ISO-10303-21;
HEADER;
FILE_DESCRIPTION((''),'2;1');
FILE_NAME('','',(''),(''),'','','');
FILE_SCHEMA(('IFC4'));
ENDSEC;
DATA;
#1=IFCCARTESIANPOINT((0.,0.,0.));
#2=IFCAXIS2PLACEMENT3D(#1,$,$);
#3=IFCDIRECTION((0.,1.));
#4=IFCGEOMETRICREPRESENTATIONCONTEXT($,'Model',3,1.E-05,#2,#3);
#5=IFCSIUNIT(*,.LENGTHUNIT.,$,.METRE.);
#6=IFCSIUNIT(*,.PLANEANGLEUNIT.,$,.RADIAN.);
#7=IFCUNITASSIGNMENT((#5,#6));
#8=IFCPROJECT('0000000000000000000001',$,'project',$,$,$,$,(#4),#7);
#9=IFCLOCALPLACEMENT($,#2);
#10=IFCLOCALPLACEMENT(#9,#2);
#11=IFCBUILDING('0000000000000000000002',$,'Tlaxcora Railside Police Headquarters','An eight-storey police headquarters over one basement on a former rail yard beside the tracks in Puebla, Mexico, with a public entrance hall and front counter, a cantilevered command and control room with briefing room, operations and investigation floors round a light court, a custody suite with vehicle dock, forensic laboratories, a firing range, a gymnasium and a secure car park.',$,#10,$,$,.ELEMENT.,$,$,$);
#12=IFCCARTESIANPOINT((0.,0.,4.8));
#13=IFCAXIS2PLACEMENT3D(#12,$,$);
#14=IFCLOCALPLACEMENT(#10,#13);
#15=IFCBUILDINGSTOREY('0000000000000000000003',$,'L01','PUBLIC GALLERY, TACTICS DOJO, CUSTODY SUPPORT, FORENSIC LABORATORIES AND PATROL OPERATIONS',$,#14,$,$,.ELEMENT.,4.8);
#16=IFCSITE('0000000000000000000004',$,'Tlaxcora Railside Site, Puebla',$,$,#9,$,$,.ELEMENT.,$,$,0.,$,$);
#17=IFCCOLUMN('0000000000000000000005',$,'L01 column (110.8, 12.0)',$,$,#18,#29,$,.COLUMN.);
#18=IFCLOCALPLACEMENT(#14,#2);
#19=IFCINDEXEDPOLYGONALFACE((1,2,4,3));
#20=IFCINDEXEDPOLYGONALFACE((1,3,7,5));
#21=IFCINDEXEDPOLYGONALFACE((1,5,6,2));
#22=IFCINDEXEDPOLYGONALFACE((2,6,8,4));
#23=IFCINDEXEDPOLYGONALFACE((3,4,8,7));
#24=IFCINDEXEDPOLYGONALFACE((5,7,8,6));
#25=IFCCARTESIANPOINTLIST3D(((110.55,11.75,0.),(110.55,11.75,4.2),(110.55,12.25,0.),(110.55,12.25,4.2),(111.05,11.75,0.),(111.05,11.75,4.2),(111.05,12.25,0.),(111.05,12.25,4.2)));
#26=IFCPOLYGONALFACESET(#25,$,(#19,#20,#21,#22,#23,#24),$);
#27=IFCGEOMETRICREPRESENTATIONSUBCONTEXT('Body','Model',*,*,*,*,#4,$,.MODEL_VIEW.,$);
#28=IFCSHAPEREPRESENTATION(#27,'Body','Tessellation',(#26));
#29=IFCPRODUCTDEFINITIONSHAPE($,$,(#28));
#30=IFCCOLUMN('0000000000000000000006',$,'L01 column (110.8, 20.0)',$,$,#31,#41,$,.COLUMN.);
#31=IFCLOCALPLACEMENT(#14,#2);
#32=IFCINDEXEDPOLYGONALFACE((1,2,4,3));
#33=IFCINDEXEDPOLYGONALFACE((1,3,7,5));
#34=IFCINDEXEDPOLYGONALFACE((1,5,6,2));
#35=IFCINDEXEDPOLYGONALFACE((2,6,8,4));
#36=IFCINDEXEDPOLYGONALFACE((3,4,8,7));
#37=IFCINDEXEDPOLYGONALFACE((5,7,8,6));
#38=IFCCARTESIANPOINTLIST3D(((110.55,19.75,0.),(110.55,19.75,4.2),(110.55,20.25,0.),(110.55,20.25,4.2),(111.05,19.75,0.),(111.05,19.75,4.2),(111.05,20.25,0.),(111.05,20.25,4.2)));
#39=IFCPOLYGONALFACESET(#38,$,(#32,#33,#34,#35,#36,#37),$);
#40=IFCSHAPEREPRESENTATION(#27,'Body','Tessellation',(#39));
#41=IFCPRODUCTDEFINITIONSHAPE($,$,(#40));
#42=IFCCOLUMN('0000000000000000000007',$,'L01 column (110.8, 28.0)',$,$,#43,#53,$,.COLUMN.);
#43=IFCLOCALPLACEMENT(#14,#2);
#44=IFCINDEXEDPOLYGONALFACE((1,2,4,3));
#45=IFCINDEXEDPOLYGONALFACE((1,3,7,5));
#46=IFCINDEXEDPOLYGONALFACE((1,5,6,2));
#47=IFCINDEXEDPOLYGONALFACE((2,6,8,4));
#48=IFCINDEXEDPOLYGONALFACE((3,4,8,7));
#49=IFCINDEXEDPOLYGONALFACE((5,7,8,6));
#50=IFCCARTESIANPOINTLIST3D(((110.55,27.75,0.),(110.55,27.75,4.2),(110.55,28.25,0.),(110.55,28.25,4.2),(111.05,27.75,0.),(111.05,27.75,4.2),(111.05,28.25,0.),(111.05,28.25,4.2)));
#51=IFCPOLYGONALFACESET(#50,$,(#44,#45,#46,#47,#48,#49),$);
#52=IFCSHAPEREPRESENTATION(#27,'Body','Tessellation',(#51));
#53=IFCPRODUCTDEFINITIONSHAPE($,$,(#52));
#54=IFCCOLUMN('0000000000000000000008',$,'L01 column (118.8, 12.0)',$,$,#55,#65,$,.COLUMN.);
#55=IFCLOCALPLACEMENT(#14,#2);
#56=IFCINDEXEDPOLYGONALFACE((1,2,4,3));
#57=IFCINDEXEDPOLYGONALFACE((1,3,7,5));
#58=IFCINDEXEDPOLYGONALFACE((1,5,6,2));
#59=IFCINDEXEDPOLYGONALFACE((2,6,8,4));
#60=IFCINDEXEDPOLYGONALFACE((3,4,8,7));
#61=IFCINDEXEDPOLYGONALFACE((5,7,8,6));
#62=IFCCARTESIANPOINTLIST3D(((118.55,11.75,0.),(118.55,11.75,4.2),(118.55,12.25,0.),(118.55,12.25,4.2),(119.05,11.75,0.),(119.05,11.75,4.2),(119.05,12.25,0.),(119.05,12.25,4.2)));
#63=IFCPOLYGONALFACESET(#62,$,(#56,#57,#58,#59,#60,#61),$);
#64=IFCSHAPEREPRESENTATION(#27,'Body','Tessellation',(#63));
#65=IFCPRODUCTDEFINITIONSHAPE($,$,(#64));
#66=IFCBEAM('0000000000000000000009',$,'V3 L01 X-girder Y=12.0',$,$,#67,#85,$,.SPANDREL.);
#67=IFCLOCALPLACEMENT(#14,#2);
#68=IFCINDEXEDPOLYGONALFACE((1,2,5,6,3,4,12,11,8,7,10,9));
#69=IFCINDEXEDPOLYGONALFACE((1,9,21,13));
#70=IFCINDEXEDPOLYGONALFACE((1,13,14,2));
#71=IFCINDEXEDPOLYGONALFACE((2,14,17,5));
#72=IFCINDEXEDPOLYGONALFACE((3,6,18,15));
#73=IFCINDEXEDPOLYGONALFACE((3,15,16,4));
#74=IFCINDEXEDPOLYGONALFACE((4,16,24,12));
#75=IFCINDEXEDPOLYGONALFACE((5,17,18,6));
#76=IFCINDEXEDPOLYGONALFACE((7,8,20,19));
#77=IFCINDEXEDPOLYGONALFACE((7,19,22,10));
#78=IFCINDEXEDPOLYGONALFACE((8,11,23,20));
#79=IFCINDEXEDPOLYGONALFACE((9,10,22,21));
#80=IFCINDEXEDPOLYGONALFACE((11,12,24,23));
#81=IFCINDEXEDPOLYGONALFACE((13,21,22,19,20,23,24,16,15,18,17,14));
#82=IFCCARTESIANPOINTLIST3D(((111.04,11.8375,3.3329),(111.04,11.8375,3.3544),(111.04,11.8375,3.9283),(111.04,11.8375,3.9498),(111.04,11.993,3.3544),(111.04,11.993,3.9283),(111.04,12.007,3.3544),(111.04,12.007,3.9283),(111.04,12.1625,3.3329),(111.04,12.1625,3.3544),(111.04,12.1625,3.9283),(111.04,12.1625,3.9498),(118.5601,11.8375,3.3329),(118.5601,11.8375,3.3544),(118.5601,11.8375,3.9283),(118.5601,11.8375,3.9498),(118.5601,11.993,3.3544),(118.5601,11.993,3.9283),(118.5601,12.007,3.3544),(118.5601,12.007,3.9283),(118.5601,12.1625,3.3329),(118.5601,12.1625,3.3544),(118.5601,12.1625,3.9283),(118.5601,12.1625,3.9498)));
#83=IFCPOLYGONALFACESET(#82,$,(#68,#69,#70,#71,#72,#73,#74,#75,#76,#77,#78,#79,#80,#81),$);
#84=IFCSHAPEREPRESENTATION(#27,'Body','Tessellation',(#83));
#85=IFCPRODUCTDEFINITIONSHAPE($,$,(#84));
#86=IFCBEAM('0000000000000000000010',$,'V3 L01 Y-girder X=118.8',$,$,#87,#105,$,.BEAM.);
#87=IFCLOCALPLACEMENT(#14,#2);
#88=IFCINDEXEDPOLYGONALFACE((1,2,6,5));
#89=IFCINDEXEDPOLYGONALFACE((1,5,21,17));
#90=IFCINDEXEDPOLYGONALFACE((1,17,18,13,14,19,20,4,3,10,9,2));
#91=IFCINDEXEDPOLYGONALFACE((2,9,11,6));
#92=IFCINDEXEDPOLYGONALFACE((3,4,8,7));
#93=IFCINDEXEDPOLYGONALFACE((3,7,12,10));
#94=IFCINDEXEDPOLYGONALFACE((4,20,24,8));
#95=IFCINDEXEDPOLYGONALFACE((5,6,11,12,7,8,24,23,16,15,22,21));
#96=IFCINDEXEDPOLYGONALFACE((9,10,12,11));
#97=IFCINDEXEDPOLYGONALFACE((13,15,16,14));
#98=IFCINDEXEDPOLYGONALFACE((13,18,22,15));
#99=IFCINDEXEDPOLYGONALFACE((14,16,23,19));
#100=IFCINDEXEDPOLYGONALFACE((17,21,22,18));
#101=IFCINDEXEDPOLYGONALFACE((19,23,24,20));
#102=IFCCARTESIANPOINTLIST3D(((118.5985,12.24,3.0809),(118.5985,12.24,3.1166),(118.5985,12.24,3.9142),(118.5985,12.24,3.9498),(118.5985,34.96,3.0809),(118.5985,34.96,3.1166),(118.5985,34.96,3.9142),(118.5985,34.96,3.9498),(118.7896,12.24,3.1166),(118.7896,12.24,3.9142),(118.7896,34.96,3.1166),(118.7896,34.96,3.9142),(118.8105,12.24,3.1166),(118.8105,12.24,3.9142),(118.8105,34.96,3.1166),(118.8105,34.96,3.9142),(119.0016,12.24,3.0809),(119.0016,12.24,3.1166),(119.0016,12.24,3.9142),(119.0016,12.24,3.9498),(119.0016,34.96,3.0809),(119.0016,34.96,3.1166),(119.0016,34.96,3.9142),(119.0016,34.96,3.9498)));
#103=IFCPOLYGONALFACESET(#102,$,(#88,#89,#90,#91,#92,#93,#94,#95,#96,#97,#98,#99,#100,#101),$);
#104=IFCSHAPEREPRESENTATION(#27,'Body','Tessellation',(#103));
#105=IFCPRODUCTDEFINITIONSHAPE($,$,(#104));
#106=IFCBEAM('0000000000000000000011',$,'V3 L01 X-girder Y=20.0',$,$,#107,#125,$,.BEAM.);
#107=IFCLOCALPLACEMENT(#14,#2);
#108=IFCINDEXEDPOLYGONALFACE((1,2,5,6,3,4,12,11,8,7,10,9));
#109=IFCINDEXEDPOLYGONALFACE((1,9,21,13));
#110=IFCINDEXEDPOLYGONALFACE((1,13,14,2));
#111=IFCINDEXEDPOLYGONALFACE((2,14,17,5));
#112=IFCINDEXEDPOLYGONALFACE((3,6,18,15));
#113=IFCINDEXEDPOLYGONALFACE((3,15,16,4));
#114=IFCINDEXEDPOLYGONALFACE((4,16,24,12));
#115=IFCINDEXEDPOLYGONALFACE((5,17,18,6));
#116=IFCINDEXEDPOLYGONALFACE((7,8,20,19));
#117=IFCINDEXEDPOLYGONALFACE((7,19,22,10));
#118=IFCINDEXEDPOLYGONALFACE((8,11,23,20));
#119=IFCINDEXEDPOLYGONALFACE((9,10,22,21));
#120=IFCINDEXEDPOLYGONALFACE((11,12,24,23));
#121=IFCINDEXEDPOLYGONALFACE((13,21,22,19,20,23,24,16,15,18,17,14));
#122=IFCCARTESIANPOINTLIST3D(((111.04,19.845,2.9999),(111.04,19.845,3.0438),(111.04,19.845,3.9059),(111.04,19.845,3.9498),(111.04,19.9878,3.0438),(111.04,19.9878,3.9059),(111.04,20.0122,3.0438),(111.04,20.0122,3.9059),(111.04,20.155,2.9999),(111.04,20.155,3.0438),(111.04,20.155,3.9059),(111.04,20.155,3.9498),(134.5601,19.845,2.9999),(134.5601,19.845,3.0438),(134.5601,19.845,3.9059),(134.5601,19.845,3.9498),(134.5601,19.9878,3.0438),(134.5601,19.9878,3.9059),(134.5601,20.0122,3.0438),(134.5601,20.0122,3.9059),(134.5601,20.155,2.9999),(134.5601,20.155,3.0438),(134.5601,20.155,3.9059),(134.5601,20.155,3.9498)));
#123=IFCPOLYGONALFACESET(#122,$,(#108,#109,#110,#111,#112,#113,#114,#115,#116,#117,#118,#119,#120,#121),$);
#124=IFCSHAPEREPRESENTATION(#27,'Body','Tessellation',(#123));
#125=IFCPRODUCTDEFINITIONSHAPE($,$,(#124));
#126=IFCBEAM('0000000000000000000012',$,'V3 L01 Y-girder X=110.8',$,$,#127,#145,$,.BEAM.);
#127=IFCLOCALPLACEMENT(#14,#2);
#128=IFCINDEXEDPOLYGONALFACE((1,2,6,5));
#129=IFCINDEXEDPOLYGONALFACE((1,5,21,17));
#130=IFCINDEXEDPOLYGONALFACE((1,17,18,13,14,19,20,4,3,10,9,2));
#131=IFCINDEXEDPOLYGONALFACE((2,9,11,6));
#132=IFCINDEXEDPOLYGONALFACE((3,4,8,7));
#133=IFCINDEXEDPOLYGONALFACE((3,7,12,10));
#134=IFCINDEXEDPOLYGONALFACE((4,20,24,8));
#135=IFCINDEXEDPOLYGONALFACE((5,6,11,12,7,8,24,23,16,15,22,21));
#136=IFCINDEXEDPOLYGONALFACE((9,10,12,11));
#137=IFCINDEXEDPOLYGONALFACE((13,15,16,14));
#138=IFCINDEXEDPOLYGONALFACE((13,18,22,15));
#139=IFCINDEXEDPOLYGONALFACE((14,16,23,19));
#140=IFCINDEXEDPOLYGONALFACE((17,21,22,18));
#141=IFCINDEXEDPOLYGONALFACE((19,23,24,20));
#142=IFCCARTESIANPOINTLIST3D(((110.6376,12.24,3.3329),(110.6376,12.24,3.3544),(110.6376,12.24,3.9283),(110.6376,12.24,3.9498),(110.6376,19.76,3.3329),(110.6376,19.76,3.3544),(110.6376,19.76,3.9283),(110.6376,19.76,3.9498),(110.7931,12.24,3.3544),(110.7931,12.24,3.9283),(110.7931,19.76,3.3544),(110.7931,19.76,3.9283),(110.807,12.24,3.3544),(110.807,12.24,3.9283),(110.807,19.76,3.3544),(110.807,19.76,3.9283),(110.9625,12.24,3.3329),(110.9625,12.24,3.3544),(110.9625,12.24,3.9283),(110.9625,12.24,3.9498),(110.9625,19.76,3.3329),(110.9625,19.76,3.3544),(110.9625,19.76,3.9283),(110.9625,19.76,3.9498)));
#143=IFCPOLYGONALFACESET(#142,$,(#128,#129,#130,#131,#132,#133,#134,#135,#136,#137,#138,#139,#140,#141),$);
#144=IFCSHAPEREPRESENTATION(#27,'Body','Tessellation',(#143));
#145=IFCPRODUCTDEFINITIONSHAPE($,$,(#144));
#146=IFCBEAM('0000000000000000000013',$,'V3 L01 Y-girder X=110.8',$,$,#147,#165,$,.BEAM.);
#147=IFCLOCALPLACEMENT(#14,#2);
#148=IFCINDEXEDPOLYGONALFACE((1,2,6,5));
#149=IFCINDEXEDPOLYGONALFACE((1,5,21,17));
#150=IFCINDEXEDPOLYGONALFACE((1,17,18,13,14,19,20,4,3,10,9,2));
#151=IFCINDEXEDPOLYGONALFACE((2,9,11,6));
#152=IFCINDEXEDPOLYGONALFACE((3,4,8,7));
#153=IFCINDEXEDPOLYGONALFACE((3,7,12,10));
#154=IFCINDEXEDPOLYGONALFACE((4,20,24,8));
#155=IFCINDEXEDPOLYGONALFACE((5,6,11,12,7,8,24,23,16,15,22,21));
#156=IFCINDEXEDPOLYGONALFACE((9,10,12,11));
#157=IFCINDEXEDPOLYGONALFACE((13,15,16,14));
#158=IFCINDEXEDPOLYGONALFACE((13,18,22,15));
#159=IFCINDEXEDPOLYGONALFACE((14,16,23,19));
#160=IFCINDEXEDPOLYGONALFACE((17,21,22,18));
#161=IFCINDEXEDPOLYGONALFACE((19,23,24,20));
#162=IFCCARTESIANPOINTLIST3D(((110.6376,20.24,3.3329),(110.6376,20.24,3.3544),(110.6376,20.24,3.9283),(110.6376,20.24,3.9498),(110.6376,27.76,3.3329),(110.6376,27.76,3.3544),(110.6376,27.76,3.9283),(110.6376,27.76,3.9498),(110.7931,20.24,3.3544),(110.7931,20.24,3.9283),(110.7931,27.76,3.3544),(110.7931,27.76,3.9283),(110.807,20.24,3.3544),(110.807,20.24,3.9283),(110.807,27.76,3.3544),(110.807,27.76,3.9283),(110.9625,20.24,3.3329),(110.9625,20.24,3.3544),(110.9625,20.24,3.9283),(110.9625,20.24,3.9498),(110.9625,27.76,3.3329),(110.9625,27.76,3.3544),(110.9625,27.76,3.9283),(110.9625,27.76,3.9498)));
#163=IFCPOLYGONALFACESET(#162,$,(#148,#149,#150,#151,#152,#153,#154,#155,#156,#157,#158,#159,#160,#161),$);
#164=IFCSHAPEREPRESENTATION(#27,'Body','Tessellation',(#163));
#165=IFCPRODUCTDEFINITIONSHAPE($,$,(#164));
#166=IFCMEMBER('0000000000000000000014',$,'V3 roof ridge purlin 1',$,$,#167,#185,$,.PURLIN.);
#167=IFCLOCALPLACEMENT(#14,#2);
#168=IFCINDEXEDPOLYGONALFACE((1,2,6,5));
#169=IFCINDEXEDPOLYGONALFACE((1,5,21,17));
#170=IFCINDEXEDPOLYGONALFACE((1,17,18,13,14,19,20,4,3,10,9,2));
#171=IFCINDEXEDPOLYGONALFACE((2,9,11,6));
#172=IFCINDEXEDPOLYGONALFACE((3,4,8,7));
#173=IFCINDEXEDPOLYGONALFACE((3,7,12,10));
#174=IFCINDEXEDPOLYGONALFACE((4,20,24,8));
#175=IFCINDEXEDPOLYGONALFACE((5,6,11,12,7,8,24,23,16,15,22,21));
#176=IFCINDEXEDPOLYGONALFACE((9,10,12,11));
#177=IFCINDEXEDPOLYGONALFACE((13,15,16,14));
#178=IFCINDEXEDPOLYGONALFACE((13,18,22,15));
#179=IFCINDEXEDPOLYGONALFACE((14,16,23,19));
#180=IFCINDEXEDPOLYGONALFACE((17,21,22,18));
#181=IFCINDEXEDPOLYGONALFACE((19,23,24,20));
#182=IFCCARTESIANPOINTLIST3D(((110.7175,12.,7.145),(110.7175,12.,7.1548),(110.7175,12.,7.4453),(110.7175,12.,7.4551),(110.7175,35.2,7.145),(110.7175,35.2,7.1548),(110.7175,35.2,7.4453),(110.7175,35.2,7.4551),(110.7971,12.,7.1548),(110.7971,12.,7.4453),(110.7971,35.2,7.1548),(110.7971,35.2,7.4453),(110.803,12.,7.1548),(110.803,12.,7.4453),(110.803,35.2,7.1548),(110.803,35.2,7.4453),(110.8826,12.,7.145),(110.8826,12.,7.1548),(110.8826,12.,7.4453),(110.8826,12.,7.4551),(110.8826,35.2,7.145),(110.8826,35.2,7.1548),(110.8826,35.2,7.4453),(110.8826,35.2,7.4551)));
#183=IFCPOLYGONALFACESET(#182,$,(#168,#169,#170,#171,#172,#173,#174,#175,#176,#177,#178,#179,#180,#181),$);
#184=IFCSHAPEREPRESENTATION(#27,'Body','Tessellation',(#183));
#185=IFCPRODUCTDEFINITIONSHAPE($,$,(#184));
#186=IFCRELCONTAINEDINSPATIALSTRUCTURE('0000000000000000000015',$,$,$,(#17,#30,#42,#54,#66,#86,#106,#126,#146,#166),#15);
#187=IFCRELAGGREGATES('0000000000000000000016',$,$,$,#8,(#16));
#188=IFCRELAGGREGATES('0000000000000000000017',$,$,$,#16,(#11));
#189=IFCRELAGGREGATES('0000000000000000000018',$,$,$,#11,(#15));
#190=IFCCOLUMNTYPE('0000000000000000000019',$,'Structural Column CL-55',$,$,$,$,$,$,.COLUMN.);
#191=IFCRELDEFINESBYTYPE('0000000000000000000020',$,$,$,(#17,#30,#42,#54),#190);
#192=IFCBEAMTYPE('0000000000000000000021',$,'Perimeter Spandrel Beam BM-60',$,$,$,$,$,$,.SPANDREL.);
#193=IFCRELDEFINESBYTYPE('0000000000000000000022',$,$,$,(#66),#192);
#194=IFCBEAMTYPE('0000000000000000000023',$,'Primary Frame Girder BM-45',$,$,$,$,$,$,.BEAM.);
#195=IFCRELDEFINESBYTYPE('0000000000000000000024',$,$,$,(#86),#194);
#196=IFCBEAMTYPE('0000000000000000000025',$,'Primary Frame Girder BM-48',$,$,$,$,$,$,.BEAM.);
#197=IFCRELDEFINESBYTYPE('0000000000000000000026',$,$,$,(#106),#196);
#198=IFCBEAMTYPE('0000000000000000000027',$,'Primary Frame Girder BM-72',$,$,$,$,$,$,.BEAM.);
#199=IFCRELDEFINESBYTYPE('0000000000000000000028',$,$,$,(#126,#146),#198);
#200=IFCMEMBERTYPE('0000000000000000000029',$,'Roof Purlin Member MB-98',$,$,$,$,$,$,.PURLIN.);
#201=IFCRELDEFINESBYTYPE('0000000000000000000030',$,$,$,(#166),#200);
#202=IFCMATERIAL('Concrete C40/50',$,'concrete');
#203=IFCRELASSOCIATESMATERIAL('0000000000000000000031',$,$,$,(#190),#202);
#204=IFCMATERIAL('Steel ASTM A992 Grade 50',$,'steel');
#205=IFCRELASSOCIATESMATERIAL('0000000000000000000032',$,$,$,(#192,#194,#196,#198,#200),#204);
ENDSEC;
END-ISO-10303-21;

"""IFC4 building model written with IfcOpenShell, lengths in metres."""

from ifc_helpers import new_model, si_unit, direction, frame, origin, origin_2d, place, context, subcontext, project, spatial, rectangle, i_section, extrude, material, material_profile, profile_set, type_object, element, save


model = new_model("IFC4")

# Units and contexts
model_context = context("Model", 3, precision=1e-05, world=origin(), true_north=direction((0.0, 1.0)))
body_context = subcontext(model_context, "Body", "Model", "MODEL_VIEW")
ifc_project = project(units=[si_unit("LENGTHUNIT", "METRE"), si_unit("PLANEANGLEUNIT", "RADIAN")], contexts=[model_context])

# Site, building, storey
site_placement = place(None, origin())
site = spatial("IfcSite", under=ifc_project, at=site_placement, Name="Tlaxcora Railside Site, Puebla", CompositionType="ELEMENT", RefElevation=0.0)
building_placement = place(site_placement, origin())
building = spatial("IfcBuilding", under=site, at=building_placement, Name="Tlaxcora Railside Police Headquarters", Description="An eight-storey police headquarters over one basement on a former rail yard beside the tracks in Puebla, Mexico, with a public entrance hall and front counter, a cantilevered command and control room with briefing room, operations and investigation floors round a light court, a custody suite with vehicle dock, forensic laboratories, a firing range, a gymnasium and a secure car park.", CompositionType="ELEMENT")
storey_placement = place(building_placement, frame((0.0, 0.0, 4.8)))
storey = spatial("IfcBuildingStorey", under=building, at=storey_placement, Name="L01", Description="PUBLIC GALLERY, TACTICS DOJO, CUSTODY SUPPORT, FORENSIC LABORATORIES AND PATROL OPERATIONS", CompositionType="ELEMENT", Elevation=4.8)

# Columns
ifc_material_1 = material(Name="Concrete C40/50", Category="concrete")
ifc_material_profile_1 = material_profile(ifc_material_1, rectangle(XDim=0.5, YDim=0.5, at=origin_2d()), Name="RC500X500")
ifc_profile_set_1 = profile_set([ifc_material_profile_1], Name="Concrete C40/50")
column_type = type_object("IfcColumnType", Name="Structural Column CL-55", PredefinedType="COLUMN", material=ifc_profile_set_1)
for number, where, z_axis, x_axis, name in (
    (1, (110.8, 12.0, 0.0), (0.0, 0.0, 1.0), (1.0, 0.0, 0.0), "L01 column (110.8, 12.0)"),
    (2, (110.8, 20.0, 0.0), (0.0, 0.0, 1.0), (1.0, 0.0, 0.0), "L01 column (110.8, 20.0)"),
    (3, (110.8, 28.0, 0.0), (0.0, 0.0, 1.0), (1.0, 0.0, 0.0), "L01 column (110.8, 28.0)"),
    (4, (118.8, 12.0, 0.0), (0.0, 0.0, 1.0), (1.0, 0.0, 0.0), "L01 column (118.8, 12.0)"),
):
    element("IfcColumn", number, at=place(storey_placement, frame(where, z_axis=z_axis, x_axis=x_axis)), inside=storey, type_object=column_type, Name=name, PredefinedType="COLUMN", context=body_context, shape_type="SweptSolid", body=[
        extrude(rectangle(XDim=0.5, YDim=0.5, at=origin_2d()), origin(), (0.0, 0.0, 1.0), 4.2),
    ])

# Beams
ifc_material_2 = material(Name="Steel ASTM A992 Grade 50", Category="steel")
ifc_material_profile_2 = material_profile(ifc_material_2, i_section(OverallWidth=0.325, OverallDepth=0.6169, WebThickness=0.0139, FlangeThickness=0.0215, at=origin_2d()), Name="W24X117")
ifc_profile_set_2 = profile_set([ifc_material_profile_2], Name="Steel ASTM A992 Grade 50")
beam_type_1 = type_object("IfcBeamType", Name="Perimeter Spandrel Beam BM-60", PredefinedType="SPANDREL", material=ifc_profile_set_2)
beam_1_placement = place(storey_placement, frame((111.04, 12.0, 3.6414), z_axis=(1.0, 0.0, 0.0), x_axis=(0.0, 1.0, 0.0)))
element("IfcBeam", 5, at=beam_1_placement, inside=storey, type_object=beam_type_1, Name="V3 L01 X-girder Y=12.0", PredefinedType="SPANDREL", context=body_context, shape_type="SweptSolid", body=[
    extrude(i_section(OverallWidth=0.325, OverallDepth=0.6169, WebThickness=0.0139, FlangeThickness=0.0215, at=origin_2d()), origin(), (0.0, 0.0, 1.0), 7.52),
])
ifc_material_profile_3 = material_profile(ifc_material_2, i_section(OverallWidth=0.4031, OverallDepth=0.8689, WebThickness=0.021, FlangeThickness=0.0356, at=origin_2d()), Name="W33X241")
ifc_profile_set_3 = profile_set([ifc_material_profile_3], Name="Steel ASTM A992 Grade 50")
beam_type_2 = type_object("IfcBeamType", Name="Primary Frame Girder BM-45", PredefinedType="BEAM", material=ifc_profile_set_3)
beam_2_placement = place(storey_placement, frame((118.8, 12.24, 3.5154), z_axis=(0.0, 1.0, 0.0), x_axis=(-1.0, 0.0, 0.0)))
element("IfcBeam", 6, at=beam_2_placement, inside=storey, type_object=beam_type_2, Name="V3 L01 Y-girder X=118.8", PredefinedType="BEAM", context=body_context, shape_type="SweptSolid", body=[
    extrude(i_section(OverallWidth=0.4031, OverallDepth=0.8689, WebThickness=0.021, FlangeThickness=0.0356, at=origin_2d()), origin(), (0.0, 0.0, 1.0), 22.72),
])
ifc_material_profile_4 = material_profile(ifc_material_2, i_section(OverallWidth=0.3101, OverallDepth=0.95, WebThickness=0.0244, FlangeThickness=0.0439, at=origin_2d()), Name="W36X256")
ifc_profile_set_4 = profile_set([ifc_material_profile_4], Name="Steel ASTM A992 Grade 50")
beam_type_3 = type_object("IfcBeamType", Name="Primary Frame Girder BM-48", PredefinedType="BEAM", material=ifc_profile_set_4)
beam_3_placement = place(storey_placement, frame((111.04, 20.0, 3.4749), z_axis=(1.0, 0.0, 0.0), x_axis=(0.0, 1.0, 0.0)))
element("IfcBeam", 7, at=beam_3_placement, inside=storey, type_object=beam_type_3, Name="V3 L01 X-girder Y=20.0", PredefinedType="BEAM", context=body_context, shape_type="SweptSolid", body=[
    extrude(i_section(OverallWidth=0.3101, OverallDepth=0.95, WebThickness=0.0244, FlangeThickness=0.0439, at=origin_2d()), origin(), (0.0, 0.0, 1.0), 23.52),
])
ifc_material_profile_5 = material_profile(ifc_material_2, i_section(OverallWidth=0.325, OverallDepth=0.6169, WebThickness=0.0139, FlangeThickness=0.0215, at=origin_2d()), Name="W24X117")
ifc_profile_set_5 = profile_set([ifc_material_profile_5], Name="Steel ASTM A992 Grade 50")
beam_type_4 = type_object("IfcBeamType", Name="Primary Frame Girder BM-72", PredefinedType="BEAM", material=ifc_profile_set_5)
for number, where, z_axis, x_axis, name in (
    (8, (110.8, 12.24, 3.6414), (0.0, 1.0, 0.0), (-1.0, 0.0, 0.0), "V3 L01 Y-girder X=110.8"),
    (9, (110.8, 20.24, 3.6414), (0.0, 1.0, 0.0), (-1.0, 0.0, 0.0), "V3 L01 Y-girder X=110.8"),
):
    element("IfcBeam", number, at=place(storey_placement, frame(where, z_axis=z_axis, x_axis=x_axis)), inside=storey, type_object=beam_type_4, Name=name, PredefinedType="BEAM", context=body_context, shape_type="SweptSolid", body=[
        extrude(i_section(OverallWidth=0.325, OverallDepth=0.6169, WebThickness=0.0139, FlangeThickness=0.0215, at=origin_2d()), origin(), (0.0, 0.0, 1.0), 7.52),
    ])

# Member
ifc_material_profile_6 = material_profile(ifc_material_2, i_section(OverallWidth=0.165, OverallDepth=0.3101, WebThickness=0.0059, FlangeThickness=0.0098, at=origin_2d()), Name="W12X26")
ifc_profile_set_6 = profile_set([ifc_material_profile_6], Name="Steel ASTM A992 Grade 50")
member_type_1 = type_object("IfcMemberType", Name="Roof Purlin Member MB-98", PredefinedType="PURLIN", material=ifc_profile_set_6)
member_placement = place(storey_placement, frame((110.8, 12.0, 7.3), z_axis=(0.0, 1.0, 0.0), x_axis=(-1.0, 0.0, 0.0)))
element("IfcMember", 10, at=member_placement, inside=storey, type_object=member_type_1, Name="V3 roof ridge purlin 1", PredefinedType="PURLIN", context=body_context, shape_type="SweptSolid", body=[
    extrude(i_section(OverallWidth=0.165, OverallDepth=0.3101, WebThickness=0.0059, FlangeThickness=0.0098, at=origin_2d()), origin(), (0.0, 0.0, 1.0), 23.2),
])

save(model, "model.ifc")
